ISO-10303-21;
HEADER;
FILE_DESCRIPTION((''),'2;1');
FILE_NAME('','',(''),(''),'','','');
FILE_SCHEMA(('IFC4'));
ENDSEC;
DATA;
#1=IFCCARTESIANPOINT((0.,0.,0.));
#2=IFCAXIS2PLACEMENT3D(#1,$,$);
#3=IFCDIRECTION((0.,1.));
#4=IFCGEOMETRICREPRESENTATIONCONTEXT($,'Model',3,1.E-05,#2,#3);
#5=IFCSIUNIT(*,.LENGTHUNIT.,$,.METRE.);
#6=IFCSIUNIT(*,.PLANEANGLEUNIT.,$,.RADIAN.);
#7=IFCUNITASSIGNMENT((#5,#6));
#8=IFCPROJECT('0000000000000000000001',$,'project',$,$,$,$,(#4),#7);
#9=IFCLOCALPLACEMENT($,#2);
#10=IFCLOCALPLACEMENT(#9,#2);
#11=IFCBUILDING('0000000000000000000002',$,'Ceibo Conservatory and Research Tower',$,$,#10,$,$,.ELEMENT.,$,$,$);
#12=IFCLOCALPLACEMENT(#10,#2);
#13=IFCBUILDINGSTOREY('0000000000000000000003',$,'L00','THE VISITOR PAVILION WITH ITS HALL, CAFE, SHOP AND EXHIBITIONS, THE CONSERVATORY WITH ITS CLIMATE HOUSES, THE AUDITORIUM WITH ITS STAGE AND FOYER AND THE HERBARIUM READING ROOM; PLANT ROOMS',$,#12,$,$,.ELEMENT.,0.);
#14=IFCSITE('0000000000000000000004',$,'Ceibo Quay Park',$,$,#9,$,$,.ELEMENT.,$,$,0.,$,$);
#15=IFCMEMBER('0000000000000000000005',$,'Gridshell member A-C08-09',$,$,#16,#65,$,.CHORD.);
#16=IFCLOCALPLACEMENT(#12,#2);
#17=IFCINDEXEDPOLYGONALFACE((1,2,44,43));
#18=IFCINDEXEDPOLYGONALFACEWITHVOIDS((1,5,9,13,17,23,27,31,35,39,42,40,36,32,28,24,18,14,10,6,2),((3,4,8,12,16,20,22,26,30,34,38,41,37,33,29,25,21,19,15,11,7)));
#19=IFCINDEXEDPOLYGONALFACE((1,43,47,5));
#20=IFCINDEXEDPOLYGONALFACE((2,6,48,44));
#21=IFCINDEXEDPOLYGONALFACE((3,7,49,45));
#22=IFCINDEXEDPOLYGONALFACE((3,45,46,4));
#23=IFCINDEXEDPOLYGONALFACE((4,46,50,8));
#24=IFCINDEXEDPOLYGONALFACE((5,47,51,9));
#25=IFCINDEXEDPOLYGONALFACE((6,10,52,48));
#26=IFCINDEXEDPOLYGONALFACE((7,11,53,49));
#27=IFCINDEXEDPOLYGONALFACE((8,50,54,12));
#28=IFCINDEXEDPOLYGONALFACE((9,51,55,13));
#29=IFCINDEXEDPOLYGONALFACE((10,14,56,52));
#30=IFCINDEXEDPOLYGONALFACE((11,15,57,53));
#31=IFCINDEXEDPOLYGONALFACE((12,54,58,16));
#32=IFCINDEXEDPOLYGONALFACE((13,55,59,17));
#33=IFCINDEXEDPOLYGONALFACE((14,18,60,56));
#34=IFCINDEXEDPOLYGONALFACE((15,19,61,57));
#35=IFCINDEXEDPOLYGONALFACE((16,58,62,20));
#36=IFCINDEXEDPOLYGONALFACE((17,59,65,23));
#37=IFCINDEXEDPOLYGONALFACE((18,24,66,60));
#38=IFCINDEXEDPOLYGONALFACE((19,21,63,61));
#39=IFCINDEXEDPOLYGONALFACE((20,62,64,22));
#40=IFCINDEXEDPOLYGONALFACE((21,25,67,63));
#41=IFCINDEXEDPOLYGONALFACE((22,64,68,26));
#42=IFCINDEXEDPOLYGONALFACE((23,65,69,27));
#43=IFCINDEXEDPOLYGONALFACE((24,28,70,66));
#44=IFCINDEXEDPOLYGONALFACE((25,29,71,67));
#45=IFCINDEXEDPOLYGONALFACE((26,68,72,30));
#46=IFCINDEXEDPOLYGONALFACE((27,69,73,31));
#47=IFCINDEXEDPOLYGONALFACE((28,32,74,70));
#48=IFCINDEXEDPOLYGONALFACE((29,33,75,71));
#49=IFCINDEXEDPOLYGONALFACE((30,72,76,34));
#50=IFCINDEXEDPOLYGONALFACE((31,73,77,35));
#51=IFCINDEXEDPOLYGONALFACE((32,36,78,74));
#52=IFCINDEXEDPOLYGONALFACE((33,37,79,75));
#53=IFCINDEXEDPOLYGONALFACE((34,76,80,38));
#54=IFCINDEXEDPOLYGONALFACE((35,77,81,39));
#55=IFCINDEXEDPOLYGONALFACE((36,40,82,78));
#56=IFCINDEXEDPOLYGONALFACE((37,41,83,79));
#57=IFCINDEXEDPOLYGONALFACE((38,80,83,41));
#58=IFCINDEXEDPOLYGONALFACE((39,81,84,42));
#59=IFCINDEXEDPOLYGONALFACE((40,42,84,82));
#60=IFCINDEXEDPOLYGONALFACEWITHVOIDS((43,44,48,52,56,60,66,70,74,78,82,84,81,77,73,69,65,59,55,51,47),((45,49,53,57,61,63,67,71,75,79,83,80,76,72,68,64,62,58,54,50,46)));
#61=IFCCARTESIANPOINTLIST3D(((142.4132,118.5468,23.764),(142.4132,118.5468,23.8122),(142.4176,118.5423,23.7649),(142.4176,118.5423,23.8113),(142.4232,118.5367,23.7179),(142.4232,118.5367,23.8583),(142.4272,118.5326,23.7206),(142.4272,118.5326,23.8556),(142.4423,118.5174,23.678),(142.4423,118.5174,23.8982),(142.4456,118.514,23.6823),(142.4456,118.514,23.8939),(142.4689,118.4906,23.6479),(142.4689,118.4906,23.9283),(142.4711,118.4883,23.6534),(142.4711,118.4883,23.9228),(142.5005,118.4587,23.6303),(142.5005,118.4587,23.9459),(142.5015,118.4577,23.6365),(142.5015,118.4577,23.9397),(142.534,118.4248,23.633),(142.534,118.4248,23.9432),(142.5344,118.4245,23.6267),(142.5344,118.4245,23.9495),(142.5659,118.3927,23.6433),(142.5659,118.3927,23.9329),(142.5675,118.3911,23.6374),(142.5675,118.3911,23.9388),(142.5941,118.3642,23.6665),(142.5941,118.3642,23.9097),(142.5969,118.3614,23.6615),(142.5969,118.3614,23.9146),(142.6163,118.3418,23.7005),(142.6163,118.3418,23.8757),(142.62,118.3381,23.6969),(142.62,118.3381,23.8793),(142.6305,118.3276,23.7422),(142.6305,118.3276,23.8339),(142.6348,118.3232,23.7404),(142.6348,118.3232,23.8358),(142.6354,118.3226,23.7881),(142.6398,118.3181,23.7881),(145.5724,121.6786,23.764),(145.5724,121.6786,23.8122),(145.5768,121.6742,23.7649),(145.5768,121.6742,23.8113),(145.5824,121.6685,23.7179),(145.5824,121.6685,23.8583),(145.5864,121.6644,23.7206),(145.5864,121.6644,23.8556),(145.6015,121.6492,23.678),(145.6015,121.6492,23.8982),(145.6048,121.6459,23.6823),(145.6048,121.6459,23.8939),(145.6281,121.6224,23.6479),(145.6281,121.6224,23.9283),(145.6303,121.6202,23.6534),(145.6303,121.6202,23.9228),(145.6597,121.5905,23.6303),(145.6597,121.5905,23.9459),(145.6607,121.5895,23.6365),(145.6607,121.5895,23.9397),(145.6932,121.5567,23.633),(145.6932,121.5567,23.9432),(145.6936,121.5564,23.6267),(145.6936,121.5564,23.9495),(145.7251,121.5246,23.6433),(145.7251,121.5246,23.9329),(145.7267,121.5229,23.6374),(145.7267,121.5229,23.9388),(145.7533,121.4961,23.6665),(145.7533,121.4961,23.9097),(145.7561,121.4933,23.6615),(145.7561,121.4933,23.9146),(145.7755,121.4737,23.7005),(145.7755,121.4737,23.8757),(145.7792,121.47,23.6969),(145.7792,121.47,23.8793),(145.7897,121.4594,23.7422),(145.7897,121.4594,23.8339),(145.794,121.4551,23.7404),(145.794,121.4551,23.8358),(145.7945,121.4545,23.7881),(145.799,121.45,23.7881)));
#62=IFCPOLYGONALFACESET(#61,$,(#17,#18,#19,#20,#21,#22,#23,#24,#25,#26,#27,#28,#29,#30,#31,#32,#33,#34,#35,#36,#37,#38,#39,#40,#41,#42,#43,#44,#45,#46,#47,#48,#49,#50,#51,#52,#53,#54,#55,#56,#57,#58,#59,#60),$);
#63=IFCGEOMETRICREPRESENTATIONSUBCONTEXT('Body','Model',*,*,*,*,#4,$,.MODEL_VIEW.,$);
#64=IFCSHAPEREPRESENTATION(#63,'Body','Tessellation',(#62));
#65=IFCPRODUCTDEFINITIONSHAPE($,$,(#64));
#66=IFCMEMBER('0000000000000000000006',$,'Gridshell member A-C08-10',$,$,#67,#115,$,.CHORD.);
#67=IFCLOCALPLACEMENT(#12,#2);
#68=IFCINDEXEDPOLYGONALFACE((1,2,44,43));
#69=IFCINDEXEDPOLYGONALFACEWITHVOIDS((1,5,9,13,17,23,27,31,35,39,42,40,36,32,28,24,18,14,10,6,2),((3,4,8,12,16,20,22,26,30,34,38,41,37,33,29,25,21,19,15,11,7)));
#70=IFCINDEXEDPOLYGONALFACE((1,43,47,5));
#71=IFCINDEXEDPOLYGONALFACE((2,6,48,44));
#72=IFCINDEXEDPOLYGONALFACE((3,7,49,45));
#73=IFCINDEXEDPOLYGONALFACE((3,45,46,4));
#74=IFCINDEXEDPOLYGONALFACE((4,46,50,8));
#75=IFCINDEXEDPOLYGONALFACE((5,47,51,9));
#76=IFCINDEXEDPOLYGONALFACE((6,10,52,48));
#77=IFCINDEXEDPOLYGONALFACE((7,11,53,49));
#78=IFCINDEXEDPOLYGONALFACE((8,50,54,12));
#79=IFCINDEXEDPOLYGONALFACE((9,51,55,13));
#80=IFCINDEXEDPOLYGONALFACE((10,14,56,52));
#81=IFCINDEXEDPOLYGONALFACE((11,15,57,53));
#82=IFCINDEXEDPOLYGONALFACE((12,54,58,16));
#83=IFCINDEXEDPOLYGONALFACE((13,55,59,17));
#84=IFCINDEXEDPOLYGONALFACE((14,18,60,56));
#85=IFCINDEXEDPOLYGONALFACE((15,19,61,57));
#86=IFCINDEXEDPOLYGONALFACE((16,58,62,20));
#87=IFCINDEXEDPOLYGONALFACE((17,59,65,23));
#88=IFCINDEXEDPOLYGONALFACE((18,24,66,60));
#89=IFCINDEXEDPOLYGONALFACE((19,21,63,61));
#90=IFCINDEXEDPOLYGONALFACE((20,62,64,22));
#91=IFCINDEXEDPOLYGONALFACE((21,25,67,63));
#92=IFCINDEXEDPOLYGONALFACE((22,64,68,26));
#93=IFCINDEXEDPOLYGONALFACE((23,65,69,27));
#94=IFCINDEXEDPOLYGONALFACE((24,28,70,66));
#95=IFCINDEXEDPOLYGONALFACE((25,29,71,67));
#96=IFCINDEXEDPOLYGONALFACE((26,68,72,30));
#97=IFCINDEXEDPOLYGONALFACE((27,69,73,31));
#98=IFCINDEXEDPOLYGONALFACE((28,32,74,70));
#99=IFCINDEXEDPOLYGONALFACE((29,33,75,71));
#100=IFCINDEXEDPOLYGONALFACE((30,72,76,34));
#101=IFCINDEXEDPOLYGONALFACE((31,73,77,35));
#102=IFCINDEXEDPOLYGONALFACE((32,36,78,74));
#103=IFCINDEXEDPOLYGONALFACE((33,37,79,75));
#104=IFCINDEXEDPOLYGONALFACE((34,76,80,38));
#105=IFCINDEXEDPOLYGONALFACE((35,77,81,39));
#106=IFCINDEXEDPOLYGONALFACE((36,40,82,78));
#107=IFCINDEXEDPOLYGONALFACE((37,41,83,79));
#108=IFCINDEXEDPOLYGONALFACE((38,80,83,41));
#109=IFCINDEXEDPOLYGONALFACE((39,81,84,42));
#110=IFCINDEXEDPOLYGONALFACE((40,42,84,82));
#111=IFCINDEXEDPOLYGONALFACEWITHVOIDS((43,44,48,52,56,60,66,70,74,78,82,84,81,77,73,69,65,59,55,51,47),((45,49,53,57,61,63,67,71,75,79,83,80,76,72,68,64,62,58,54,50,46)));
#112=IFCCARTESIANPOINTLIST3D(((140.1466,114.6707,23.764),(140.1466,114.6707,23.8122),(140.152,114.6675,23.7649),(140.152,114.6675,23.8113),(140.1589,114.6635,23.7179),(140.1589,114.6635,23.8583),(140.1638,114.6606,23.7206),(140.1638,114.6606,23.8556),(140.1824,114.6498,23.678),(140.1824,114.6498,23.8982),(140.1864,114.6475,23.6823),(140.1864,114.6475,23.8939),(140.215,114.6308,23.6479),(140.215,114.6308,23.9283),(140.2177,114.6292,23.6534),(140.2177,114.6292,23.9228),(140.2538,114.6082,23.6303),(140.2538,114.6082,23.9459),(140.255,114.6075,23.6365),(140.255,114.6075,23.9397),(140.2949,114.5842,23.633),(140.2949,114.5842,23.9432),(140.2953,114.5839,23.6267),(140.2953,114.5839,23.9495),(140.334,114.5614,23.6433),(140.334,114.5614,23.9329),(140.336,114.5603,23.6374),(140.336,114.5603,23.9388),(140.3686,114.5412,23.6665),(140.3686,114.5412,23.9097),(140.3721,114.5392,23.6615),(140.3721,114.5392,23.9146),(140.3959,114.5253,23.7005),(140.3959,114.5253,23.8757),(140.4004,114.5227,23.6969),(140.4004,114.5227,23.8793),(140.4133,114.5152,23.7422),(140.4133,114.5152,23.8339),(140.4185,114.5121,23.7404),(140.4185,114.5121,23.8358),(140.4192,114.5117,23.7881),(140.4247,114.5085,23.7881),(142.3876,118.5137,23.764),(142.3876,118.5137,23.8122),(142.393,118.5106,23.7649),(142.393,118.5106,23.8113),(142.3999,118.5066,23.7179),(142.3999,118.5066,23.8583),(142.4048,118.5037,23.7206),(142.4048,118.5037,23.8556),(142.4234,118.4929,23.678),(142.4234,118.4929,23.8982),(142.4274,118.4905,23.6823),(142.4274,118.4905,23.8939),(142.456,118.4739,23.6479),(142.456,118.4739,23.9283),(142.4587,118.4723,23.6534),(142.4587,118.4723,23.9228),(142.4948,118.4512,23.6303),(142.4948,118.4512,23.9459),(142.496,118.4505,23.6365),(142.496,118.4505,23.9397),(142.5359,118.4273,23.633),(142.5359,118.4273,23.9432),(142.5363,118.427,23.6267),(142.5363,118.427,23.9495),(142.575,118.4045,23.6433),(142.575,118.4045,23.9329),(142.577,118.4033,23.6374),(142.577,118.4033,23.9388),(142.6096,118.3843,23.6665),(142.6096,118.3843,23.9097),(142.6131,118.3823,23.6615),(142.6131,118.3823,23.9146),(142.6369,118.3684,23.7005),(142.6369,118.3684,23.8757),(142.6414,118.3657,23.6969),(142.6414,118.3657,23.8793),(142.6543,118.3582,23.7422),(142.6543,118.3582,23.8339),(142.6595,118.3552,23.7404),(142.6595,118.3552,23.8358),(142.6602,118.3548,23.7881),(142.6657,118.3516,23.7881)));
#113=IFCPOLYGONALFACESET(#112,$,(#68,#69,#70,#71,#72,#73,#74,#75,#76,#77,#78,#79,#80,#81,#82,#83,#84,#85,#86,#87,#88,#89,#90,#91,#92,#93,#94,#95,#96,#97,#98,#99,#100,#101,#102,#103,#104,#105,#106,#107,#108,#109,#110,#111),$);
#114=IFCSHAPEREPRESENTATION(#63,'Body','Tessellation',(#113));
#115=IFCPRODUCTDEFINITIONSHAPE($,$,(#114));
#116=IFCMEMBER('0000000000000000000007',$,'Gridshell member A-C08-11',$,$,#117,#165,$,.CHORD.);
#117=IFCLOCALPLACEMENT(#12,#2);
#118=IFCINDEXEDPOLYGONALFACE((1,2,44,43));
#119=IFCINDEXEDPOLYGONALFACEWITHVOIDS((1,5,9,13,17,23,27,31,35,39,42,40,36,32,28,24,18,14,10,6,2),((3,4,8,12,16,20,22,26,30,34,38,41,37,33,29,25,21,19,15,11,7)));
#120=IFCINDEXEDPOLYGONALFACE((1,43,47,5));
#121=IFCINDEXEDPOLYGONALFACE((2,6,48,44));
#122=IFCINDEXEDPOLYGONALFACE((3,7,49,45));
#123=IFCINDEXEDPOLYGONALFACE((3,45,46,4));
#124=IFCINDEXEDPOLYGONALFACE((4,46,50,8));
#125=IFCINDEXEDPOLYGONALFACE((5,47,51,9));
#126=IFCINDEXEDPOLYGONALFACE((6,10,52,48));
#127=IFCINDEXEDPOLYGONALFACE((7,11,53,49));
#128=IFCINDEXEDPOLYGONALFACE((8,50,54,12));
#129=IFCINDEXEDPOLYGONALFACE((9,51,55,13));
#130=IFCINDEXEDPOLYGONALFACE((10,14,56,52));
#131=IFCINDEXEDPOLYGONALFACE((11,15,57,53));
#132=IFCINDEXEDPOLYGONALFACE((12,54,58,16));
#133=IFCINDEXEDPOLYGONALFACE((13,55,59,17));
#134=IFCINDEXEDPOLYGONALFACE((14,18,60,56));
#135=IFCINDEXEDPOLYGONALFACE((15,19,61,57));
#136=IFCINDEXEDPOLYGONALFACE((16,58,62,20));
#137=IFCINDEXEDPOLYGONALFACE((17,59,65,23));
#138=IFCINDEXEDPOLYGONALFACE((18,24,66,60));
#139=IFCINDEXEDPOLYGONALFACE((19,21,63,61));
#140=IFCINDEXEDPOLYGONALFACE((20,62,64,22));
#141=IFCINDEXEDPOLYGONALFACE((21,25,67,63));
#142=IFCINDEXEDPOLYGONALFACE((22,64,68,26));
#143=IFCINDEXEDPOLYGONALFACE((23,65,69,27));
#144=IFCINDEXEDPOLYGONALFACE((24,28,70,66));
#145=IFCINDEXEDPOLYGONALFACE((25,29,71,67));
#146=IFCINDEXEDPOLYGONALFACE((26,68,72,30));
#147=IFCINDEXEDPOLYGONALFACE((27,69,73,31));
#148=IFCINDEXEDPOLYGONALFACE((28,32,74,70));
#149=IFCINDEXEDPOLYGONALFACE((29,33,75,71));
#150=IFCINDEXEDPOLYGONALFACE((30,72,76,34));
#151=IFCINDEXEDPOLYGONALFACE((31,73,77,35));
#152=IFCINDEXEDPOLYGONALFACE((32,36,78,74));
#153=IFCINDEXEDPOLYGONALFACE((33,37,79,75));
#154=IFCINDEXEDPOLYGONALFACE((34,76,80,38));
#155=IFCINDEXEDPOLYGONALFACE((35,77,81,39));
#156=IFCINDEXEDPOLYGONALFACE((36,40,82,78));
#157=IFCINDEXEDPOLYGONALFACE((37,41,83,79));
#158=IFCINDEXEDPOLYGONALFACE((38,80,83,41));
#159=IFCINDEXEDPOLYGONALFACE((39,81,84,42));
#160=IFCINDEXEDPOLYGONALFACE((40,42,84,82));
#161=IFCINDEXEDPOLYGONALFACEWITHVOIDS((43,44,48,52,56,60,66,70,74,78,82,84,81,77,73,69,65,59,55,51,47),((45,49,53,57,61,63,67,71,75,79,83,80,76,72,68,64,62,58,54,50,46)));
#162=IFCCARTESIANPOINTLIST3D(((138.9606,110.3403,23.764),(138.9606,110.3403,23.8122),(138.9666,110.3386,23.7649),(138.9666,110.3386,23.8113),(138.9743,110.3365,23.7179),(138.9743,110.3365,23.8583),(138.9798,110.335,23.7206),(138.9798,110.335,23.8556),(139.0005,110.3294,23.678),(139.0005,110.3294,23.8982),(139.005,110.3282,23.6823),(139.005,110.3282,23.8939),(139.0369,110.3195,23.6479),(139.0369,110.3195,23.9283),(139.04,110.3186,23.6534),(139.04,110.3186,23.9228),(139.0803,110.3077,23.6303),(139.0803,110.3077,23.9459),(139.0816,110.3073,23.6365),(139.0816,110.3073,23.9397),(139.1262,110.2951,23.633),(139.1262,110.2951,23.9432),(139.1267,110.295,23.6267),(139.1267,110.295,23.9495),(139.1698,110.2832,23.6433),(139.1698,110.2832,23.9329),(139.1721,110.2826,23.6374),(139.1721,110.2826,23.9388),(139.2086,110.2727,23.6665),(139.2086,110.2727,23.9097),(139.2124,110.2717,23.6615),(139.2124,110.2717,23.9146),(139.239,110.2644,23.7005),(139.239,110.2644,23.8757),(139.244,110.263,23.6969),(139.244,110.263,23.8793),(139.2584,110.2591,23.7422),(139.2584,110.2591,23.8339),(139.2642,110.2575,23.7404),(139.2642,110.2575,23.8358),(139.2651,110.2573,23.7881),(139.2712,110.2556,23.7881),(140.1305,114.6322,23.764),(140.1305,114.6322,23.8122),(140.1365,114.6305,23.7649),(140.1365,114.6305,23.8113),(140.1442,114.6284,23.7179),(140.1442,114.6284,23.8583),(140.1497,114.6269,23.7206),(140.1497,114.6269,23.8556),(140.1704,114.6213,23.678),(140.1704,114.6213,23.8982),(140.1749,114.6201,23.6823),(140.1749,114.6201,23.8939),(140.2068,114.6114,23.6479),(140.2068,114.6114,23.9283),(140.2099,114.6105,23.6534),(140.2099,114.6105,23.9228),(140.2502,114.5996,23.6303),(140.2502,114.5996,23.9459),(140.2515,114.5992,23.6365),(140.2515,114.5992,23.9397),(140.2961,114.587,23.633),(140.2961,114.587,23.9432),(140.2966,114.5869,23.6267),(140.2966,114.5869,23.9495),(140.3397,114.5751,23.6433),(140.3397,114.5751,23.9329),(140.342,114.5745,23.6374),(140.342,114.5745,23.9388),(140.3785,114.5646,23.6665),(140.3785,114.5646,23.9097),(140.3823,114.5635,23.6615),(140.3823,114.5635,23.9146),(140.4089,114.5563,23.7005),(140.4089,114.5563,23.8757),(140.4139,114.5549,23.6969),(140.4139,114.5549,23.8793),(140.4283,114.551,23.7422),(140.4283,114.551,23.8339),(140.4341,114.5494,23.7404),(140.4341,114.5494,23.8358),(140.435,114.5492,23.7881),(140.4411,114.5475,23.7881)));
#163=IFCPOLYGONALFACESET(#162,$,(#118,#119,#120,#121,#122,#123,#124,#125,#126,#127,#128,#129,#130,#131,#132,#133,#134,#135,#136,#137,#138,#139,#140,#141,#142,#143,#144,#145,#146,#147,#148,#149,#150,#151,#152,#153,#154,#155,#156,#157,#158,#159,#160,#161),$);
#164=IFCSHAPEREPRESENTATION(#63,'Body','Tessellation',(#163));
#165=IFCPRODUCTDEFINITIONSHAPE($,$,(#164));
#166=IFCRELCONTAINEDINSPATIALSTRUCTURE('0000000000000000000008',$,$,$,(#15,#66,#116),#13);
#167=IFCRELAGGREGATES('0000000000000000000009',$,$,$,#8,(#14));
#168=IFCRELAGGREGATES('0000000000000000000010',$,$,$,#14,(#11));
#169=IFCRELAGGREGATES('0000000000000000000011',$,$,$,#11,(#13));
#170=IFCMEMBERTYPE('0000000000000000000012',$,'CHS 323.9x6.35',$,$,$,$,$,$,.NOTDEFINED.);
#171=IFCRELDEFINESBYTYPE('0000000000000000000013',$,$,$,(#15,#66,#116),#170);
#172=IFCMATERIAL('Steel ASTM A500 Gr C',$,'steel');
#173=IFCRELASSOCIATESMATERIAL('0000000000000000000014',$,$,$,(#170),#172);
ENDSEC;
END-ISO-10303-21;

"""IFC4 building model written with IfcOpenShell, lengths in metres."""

from ifc_helpers import new_model, si_unit, direction, frame, origin, origin_2d, place, context, subcontext, project, spatial, hollow_circle, extrude, material, material_profile, profile_set, type_object, element, save


model = new_model("IFC4")

# Units and contexts
model_context = context("Model", 3, precision=1e-05, world=origin(), true_north=direction((0.0, 1.0)))
body_context = subcontext(model_context, "Body", "Model", "MODEL_VIEW")
ifc_project = project(units=[si_unit("LENGTHUNIT", "METRE"), si_unit("PLANEANGLEUNIT", "RADIAN")], contexts=[model_context])

# Site, building, storey
site_placement = place(None, origin())
site = spatial("IfcSite", under=ifc_project, at=site_placement, Name="Ceibo Quay Park", CompositionType="ELEMENT", RefElevation=0.0)
building_placement = place(site_placement, origin())
building = spatial("IfcBuilding", under=site, at=building_placement, Name="Ceibo Conservatory and Research Tower", CompositionType="ELEMENT")
storey_placement = place(building_placement, origin())
storey = spatial("IfcBuildingStorey", under=building, at=storey_placement, Name="L00", Description="THE VISITOR PAVILION WITH ITS HALL, CAFE, SHOP AND EXHIBITIONS, THE CONSERVATORY WITH ITS CLIMATE HOUSES, THE AUDITORIUM WITH ITS STAGE AND FOYER AND THE HERBARIUM READING ROOM; PLANT ROOMS", CompositionType="ELEMENT", Elevation=0.0)

# Members
ifc_material_1 = material(Name="Steel ASTM A500 Gr C", Category="steel")
ifc_material_profile_1 = material_profile(ifc_material_1, hollow_circle(Radius=0.1619, WallThickness=0.0063, at=origin_2d()), Name="CHS 323.9x6.35")
ifc_profile_set_1 = profile_set([ifc_material_profile_1], Name="Steel ASTM A500 Gr C")
member_type_1 = type_object("IfcMemberType", Name="CHS 323.9x6.35", PredefinedType="NOTDEFINED", material=ifc_profile_set_1)
member_1_placement = place(storey_placement, frame((145.6851, 121.5649, 23.7881), z_axis=(-0.710173, -0.704027, 0.0), x_axis=(0.704027, -0.710173, 0.0)))
element("IfcMember", 1, at=member_1_placement, inside=storey, type_object=member_type_1, Name="Gridshell member A-C08-09", PredefinedType="CHORD", context=body_context, shape_type="SweptSolid", body=[
    extrude(hollow_circle(Radius=0.1619, WallThickness=0.0063, at=origin_2d()), origin(), (0.0, 0.0, 1.0), 4.4485),
])
member_2_placement = place(storey_placement, frame((142.5259, 118.4331, 23.7881), z_axis=(-0.503738, -0.863857, 0.0), x_axis=(0.863857, -0.503738, 0.0)))
element("IfcMember", 2, at=member_2_placement, inside=storey, type_object=member_type_1, Name="Gridshell member A-C08-10", PredefinedType="CHORD", context=body_context, shape_type="SweptSolid", body=[
    extrude(hollow_circle(Radius=0.1619, WallThickness=0.0063, at=origin_2d()), origin(), (0.0, 0.0, 1.0), 4.4487),
])
member_3_placement = place(storey_placement, frame((140.2849, 114.5901, 23.7881), z_axis=(-0.262987, -0.964799, 0.0), x_axis=(0.964799, -0.262987, 0.0)))
element("IfcMember", 3, at=member_3_placement, inside=storey, type_object=member_type_1, Name="Gridshell member A-C08-11", PredefinedType="CHORD", context=body_context, shape_type="SweptSolid", body=[
    extrude(hollow_circle(Radius=0.1619, WallThickness=0.0063, at=origin_2d()), origin(), (0.0, 0.0, 1.0), 4.4485),
])

save(model, "model.ifc")
